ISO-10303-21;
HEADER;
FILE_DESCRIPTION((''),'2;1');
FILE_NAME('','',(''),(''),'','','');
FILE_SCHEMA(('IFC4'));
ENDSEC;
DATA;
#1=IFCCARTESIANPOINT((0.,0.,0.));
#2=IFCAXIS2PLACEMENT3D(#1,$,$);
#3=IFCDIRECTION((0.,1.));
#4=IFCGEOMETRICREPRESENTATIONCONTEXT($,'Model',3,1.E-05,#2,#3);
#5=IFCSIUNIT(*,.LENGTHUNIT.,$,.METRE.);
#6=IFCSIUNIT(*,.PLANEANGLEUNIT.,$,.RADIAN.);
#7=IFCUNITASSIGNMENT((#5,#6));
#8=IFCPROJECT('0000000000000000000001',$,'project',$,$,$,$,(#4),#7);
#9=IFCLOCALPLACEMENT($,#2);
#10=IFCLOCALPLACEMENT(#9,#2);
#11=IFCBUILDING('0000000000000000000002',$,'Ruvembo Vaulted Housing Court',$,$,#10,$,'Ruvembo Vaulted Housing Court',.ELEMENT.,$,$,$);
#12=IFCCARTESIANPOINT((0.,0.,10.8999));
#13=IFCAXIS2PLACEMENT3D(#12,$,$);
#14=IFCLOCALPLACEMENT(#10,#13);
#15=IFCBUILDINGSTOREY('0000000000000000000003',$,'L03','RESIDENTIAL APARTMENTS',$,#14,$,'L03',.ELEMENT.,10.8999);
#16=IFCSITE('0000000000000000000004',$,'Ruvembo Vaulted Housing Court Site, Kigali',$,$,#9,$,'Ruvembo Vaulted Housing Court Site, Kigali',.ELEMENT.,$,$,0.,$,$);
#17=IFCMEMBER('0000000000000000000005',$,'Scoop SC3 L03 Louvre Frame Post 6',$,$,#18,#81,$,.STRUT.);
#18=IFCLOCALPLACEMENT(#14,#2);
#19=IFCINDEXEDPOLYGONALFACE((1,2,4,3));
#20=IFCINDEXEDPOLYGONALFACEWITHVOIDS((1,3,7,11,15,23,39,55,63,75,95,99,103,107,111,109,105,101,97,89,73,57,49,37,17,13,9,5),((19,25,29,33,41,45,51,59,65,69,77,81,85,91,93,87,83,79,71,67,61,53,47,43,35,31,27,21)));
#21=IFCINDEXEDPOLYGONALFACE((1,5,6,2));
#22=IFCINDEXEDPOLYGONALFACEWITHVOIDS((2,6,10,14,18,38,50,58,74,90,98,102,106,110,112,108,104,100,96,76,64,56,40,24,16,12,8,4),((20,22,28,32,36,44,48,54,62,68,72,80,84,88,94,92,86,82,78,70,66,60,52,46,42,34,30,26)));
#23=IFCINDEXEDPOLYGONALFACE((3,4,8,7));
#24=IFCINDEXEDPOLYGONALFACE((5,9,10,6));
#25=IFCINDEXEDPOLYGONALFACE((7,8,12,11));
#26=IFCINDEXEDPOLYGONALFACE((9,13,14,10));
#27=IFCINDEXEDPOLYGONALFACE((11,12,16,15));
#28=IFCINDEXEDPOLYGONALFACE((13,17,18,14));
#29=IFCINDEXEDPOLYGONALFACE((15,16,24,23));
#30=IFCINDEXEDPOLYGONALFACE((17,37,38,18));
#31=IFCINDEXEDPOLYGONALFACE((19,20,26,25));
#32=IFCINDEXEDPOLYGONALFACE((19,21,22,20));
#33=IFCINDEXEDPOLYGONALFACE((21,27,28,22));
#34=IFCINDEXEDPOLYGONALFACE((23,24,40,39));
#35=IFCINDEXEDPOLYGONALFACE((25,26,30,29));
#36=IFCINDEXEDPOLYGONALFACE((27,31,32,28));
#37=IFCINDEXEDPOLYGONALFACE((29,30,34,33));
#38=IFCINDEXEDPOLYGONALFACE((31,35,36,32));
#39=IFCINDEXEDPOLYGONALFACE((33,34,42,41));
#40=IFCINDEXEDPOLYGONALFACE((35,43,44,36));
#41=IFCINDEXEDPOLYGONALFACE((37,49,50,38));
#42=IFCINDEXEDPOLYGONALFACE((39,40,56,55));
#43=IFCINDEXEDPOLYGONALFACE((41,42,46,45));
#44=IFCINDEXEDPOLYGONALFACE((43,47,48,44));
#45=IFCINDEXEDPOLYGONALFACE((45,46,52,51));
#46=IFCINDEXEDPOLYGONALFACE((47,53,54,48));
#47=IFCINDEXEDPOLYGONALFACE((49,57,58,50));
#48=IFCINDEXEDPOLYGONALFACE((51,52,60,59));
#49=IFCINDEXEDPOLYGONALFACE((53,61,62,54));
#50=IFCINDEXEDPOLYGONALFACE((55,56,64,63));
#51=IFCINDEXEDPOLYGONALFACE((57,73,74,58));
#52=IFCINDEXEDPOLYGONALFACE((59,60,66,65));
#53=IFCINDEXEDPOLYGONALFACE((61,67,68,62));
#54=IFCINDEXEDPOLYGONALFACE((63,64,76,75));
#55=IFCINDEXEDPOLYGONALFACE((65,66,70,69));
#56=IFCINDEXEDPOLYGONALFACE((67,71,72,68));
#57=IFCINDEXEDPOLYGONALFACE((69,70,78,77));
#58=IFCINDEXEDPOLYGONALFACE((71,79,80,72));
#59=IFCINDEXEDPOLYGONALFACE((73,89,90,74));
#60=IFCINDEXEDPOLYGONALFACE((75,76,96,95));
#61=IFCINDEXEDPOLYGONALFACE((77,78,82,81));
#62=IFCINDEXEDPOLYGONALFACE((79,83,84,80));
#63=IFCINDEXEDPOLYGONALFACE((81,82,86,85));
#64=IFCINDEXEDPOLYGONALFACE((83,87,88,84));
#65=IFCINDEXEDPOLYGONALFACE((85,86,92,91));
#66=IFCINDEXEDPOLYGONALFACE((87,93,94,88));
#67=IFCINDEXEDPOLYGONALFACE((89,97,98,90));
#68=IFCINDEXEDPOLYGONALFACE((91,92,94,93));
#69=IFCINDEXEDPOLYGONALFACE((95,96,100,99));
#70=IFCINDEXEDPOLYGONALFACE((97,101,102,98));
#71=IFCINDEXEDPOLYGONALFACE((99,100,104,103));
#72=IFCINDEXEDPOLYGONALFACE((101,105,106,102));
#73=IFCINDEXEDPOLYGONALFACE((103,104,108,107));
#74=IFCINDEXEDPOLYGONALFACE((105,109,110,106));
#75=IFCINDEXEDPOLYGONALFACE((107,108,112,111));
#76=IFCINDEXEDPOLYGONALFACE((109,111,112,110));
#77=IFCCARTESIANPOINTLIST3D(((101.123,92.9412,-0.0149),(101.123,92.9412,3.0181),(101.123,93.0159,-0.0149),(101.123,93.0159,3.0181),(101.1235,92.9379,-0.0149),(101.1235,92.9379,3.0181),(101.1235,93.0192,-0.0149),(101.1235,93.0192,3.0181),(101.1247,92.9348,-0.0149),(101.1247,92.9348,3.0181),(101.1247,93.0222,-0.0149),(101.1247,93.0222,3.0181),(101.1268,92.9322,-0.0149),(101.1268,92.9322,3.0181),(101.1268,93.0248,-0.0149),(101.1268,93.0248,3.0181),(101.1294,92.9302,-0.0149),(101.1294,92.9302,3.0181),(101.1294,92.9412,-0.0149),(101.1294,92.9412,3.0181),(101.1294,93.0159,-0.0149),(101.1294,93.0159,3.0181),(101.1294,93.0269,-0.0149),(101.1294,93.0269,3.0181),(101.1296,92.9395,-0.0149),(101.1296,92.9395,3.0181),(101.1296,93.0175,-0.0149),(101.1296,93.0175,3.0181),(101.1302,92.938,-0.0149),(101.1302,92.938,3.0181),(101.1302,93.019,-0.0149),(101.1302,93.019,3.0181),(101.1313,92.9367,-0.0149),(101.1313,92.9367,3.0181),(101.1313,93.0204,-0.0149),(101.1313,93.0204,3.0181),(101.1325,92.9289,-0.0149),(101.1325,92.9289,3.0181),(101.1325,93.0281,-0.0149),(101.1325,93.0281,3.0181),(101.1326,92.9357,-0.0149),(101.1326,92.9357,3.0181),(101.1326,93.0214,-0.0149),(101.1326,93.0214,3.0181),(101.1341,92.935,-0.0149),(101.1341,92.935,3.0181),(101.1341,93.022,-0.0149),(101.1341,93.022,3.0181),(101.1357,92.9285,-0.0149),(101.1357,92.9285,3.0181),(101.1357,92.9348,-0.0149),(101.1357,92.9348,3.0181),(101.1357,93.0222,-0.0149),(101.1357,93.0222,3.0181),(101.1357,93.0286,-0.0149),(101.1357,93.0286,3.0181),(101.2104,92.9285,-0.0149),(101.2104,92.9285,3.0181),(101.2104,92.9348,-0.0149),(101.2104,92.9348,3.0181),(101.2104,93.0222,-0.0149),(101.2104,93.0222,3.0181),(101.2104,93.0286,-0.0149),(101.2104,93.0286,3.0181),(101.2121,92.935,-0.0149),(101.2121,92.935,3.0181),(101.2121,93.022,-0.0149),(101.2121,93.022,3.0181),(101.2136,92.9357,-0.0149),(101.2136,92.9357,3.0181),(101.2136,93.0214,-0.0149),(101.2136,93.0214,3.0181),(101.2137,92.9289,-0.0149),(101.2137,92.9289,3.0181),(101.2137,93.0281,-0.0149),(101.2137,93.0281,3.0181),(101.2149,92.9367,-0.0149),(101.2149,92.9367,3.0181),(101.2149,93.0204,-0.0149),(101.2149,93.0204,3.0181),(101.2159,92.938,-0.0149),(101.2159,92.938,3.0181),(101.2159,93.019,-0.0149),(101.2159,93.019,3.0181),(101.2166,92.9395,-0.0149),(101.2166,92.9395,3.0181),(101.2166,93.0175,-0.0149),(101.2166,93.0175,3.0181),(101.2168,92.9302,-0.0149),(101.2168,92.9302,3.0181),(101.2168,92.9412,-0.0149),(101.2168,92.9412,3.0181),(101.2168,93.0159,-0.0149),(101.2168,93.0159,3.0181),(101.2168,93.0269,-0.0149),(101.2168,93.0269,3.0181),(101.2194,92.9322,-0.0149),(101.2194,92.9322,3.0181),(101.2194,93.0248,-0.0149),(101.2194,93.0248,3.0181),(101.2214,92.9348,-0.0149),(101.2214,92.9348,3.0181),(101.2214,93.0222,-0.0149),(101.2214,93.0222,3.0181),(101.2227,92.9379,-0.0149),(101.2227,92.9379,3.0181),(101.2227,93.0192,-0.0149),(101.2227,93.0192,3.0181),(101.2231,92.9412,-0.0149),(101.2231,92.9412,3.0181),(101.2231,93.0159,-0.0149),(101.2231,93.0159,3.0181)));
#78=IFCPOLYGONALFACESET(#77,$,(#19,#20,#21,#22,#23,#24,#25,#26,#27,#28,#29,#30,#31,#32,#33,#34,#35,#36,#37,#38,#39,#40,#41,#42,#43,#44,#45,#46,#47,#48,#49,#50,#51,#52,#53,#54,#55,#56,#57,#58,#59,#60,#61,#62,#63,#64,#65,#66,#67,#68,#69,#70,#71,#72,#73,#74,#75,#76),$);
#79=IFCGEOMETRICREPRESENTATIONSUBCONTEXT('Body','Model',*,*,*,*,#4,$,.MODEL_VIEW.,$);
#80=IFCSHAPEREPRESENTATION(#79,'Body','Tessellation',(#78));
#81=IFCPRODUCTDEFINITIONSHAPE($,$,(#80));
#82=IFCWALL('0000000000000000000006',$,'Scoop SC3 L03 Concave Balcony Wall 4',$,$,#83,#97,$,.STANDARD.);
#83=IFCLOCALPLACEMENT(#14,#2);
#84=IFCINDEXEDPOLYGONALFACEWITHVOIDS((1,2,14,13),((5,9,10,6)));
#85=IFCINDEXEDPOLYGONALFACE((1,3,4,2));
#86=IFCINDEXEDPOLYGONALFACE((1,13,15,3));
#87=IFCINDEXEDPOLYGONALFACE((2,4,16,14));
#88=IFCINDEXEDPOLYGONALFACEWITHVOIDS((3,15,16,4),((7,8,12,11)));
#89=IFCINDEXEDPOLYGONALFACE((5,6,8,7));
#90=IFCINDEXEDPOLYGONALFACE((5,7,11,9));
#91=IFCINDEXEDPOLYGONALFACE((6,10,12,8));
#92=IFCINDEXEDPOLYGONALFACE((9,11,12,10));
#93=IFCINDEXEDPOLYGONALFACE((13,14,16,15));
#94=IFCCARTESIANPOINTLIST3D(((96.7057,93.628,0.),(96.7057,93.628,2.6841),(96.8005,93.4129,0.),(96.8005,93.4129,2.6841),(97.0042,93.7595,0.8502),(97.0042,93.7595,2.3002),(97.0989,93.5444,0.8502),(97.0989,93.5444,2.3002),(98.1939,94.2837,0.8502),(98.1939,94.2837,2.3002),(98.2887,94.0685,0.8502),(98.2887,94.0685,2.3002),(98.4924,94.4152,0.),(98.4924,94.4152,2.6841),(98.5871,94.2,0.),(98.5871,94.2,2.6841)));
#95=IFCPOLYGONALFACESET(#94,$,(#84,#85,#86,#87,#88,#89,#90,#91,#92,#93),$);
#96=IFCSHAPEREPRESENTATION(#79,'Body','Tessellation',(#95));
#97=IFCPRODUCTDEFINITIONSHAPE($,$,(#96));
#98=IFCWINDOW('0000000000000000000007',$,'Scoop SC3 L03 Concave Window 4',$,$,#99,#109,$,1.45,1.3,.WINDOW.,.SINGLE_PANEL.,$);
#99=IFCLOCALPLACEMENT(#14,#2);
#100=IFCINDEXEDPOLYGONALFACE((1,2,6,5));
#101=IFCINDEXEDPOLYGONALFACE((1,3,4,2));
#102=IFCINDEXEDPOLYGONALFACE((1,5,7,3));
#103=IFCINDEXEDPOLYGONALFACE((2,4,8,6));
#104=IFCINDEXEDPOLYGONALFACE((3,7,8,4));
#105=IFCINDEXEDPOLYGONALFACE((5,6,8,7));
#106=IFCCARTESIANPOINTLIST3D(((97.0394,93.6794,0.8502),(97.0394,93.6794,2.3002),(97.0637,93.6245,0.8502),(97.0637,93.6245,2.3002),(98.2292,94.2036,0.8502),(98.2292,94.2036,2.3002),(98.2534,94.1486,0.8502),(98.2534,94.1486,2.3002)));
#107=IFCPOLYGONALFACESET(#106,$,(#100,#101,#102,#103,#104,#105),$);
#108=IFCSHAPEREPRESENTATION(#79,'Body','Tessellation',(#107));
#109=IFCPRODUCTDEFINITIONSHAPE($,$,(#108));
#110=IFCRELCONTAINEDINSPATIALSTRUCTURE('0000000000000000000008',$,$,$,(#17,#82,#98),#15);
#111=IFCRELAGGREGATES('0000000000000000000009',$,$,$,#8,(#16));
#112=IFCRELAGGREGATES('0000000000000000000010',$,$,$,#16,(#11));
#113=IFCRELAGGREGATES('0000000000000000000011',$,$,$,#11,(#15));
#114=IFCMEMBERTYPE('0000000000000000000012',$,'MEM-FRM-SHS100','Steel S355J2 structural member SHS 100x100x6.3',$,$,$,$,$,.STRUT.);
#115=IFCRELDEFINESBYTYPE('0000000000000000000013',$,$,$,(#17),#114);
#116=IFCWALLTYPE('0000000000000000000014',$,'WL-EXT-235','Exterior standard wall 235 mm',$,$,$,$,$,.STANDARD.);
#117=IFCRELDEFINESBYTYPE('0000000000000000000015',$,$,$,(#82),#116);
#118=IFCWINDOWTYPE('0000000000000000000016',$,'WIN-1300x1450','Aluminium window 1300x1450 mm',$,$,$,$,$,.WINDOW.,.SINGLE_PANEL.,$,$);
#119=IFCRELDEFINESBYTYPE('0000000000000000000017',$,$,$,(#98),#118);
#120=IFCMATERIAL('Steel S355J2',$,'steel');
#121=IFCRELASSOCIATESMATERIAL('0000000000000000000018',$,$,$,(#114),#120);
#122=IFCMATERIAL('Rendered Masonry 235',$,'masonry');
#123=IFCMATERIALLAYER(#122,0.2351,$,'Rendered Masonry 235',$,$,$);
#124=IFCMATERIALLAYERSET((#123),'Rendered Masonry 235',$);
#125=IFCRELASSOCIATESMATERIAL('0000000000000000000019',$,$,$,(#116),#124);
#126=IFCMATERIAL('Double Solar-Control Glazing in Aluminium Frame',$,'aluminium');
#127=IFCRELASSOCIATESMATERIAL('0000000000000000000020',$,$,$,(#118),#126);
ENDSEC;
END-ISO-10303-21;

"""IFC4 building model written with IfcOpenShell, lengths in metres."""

from ifc_helpers import new_model, si_unit, direction, frame, frame_2d, origin, origin_2d, place, context, subcontext, project, spatial, rectangle, hollow_rectangle, extrude, material, layer, layer_set, material_profile, profile_set, type_object, element, fill, save


model = new_model("IFC4")

# Units and contexts
model_context = context("Model", 3, precision=1e-05, world=origin(), true_north=direction((0.0, 1.0)))
body_context = subcontext(model_context, "Body", "Model", "MODEL_VIEW")
ifc_project = project(units=[si_unit("LENGTHUNIT", "METRE"), si_unit("PLANEANGLEUNIT", "RADIAN")], contexts=[model_context])

# Site, building, storey
site_placement = place(None, origin())
site = spatial("IfcSite", under=ifc_project, at=site_placement, Name="Ruvembo Vaulted Housing Court Site, Kigali", LongName="Ruvembo Vaulted Housing Court Site, Kigali", CompositionType="ELEMENT", RefElevation=0.0)
building_placement = place(site_placement, origin())
building = spatial("IfcBuilding", under=site, at=building_placement, Name="Ruvembo Vaulted Housing Court", LongName="Ruvembo Vaulted Housing Court", CompositionType="ELEMENT")
storey_placement = place(building_placement, frame((0.0, 0.0, 10.8999)))
storey = spatial("IfcBuildingStorey", under=building, at=storey_placement, Name="L03", Description="RESIDENTIAL APARTMENTS", LongName="L03", CompositionType="ELEMENT", Elevation=10.8999)

# Shared definitions
ifc_material_1 = material(Name="Steel S355J2", Category="steel")

# Member
ifc_material_profile_1 = material_profile(ifc_material_1, hollow_rectangle(XDim=0.1001, YDim=0.1001, WallThickness=0.0063, InnerFilletRadius=0.0063, OuterFilletRadius=0.0127, at=origin_2d()), Name="SHS 100x100x6.3")
ifc_profile_set_1 = profile_set([ifc_material_profile_1], Name="Steel S355J2")
member_type_1 = type_object("IfcMemberType", Name="MEM-FRM-SHS100", Description="Steel S355J2 structural member SHS 100x100x6.3", PredefinedType="STRUT", material=ifc_profile_set_1)
for number, where, z_axis, x_axis, name in (
    (1, (101.1731, 92.9785, -0.0149), (0.0, 0.0, 1.0), (1.0, 0.0, 0.0), "Scoop SC3 L03 Louvre Frame Post 6"),
):
    element("IfcMember", number, at=place(storey_placement, frame(where, z_axis=z_axis, x_axis=x_axis)), inside=storey, type_object=member_type_1, Name=name, PredefinedType="STRUT", context=body_context, shape_type="SweptSolid", body=[
        extrude(hollow_rectangle(XDim=0.1001, YDim=0.1001, WallThickness=0.0063, InnerFilletRadius=0.0063, OuterFilletRadius=0.0127, at=origin_2d()), origin(), (0.0, 0.0, 1.0), 3.033),
    ])

# Shared definitions
ifc_material_2 = material(Name="Rendered Masonry 235", Category="masonry")
ifc_layer_1 = layer(ifc_material_2, 0.2351, Name="Rendered Masonry 235")
ifc_layer_set_1 = layer_set([ifc_layer_1], Name="Rendered Masonry 235")
wall_type = type_object("IfcWallType", Name="WL-EXT-235", Description="Exterior standard wall 235 mm", PredefinedType="STANDARD", material=ifc_layer_set_1)

# Wall, opening, window
wall_1_placement = place(storey_placement, frame((96.7532, 93.5205, 0.0), z_axis=(0.0, 0.0, 1.0), x_axis=(0.915127, 0.403166, 0.0)))
wall_1 = element("IfcWall", 2, at=wall_1_placement, inside=storey, type_object=wall_type, Name="Scoop SC3 L03 Concave Balcony Wall 4", PredefinedType="STANDARD", context=body_context, shape_type="SweptSolid", body=[
    extrude(rectangle(XDim=1.9524, YDim=0.2351, at=frame_2d((0.9761, 0.0))), origin(), (0.0, 0.0, 1.0), 2.6841),
])
opening_1_placement = place(wall_1_placement, frame((0.3262, 0.0, 0.8501)))
opening_1 = element("IfcOpeningElement", 3, at=opening_1_placement, cuts=wall_1, PredefinedType="OPENING", context=body_context, shape_type="SweptSolid", body=[
    extrude(rectangle(XDim=1.3, YDim=1.45, at=frame_2d((0.6499, 0.7251))), frame((0.0, 0.1274, 0.0), z_axis=(0.0, -1.0, 0.0), x_axis=(1.0, 0.0, 0.0)), (0.0, 0.0, 1.0), 0.2551),
])
ifc_material_3 = material(Name="Double Solar-Control Glazing in Aluminium Frame", Category="aluminium")
window_type = type_object("IfcWindowType", Name="WIN-1300x1450", Description="Aluminium window 1300x1450 mm", PartitioningType="SINGLE_PANEL", PredefinedType="WINDOW", material=ifc_material_3)
window_placement = place(opening_1_placement, origin())
window = element("IfcWindow", 4, at=window_placement, inside=storey, type_object=window_type, Name="Scoop SC3 L03 Concave Window 4", OverallHeight=1.45, OverallWidth=1.3, PartitioningType="SINGLE_PANEL", PredefinedType="WINDOW", context=body_context, shape_type="SweptSolid", body=[
    extrude(rectangle(XDim=1.3, YDim=1.45, at=frame_2d((0.6499, 0.7251))), frame((0.0, 0.03, 0.0), z_axis=(0.0, -1.0, 0.0), x_axis=(1.0, 0.0, 0.0)), (0.0, 0.0, 1.0), 0.0601),
])
fill(opening_1, window)

save(model, "model.ifc")
